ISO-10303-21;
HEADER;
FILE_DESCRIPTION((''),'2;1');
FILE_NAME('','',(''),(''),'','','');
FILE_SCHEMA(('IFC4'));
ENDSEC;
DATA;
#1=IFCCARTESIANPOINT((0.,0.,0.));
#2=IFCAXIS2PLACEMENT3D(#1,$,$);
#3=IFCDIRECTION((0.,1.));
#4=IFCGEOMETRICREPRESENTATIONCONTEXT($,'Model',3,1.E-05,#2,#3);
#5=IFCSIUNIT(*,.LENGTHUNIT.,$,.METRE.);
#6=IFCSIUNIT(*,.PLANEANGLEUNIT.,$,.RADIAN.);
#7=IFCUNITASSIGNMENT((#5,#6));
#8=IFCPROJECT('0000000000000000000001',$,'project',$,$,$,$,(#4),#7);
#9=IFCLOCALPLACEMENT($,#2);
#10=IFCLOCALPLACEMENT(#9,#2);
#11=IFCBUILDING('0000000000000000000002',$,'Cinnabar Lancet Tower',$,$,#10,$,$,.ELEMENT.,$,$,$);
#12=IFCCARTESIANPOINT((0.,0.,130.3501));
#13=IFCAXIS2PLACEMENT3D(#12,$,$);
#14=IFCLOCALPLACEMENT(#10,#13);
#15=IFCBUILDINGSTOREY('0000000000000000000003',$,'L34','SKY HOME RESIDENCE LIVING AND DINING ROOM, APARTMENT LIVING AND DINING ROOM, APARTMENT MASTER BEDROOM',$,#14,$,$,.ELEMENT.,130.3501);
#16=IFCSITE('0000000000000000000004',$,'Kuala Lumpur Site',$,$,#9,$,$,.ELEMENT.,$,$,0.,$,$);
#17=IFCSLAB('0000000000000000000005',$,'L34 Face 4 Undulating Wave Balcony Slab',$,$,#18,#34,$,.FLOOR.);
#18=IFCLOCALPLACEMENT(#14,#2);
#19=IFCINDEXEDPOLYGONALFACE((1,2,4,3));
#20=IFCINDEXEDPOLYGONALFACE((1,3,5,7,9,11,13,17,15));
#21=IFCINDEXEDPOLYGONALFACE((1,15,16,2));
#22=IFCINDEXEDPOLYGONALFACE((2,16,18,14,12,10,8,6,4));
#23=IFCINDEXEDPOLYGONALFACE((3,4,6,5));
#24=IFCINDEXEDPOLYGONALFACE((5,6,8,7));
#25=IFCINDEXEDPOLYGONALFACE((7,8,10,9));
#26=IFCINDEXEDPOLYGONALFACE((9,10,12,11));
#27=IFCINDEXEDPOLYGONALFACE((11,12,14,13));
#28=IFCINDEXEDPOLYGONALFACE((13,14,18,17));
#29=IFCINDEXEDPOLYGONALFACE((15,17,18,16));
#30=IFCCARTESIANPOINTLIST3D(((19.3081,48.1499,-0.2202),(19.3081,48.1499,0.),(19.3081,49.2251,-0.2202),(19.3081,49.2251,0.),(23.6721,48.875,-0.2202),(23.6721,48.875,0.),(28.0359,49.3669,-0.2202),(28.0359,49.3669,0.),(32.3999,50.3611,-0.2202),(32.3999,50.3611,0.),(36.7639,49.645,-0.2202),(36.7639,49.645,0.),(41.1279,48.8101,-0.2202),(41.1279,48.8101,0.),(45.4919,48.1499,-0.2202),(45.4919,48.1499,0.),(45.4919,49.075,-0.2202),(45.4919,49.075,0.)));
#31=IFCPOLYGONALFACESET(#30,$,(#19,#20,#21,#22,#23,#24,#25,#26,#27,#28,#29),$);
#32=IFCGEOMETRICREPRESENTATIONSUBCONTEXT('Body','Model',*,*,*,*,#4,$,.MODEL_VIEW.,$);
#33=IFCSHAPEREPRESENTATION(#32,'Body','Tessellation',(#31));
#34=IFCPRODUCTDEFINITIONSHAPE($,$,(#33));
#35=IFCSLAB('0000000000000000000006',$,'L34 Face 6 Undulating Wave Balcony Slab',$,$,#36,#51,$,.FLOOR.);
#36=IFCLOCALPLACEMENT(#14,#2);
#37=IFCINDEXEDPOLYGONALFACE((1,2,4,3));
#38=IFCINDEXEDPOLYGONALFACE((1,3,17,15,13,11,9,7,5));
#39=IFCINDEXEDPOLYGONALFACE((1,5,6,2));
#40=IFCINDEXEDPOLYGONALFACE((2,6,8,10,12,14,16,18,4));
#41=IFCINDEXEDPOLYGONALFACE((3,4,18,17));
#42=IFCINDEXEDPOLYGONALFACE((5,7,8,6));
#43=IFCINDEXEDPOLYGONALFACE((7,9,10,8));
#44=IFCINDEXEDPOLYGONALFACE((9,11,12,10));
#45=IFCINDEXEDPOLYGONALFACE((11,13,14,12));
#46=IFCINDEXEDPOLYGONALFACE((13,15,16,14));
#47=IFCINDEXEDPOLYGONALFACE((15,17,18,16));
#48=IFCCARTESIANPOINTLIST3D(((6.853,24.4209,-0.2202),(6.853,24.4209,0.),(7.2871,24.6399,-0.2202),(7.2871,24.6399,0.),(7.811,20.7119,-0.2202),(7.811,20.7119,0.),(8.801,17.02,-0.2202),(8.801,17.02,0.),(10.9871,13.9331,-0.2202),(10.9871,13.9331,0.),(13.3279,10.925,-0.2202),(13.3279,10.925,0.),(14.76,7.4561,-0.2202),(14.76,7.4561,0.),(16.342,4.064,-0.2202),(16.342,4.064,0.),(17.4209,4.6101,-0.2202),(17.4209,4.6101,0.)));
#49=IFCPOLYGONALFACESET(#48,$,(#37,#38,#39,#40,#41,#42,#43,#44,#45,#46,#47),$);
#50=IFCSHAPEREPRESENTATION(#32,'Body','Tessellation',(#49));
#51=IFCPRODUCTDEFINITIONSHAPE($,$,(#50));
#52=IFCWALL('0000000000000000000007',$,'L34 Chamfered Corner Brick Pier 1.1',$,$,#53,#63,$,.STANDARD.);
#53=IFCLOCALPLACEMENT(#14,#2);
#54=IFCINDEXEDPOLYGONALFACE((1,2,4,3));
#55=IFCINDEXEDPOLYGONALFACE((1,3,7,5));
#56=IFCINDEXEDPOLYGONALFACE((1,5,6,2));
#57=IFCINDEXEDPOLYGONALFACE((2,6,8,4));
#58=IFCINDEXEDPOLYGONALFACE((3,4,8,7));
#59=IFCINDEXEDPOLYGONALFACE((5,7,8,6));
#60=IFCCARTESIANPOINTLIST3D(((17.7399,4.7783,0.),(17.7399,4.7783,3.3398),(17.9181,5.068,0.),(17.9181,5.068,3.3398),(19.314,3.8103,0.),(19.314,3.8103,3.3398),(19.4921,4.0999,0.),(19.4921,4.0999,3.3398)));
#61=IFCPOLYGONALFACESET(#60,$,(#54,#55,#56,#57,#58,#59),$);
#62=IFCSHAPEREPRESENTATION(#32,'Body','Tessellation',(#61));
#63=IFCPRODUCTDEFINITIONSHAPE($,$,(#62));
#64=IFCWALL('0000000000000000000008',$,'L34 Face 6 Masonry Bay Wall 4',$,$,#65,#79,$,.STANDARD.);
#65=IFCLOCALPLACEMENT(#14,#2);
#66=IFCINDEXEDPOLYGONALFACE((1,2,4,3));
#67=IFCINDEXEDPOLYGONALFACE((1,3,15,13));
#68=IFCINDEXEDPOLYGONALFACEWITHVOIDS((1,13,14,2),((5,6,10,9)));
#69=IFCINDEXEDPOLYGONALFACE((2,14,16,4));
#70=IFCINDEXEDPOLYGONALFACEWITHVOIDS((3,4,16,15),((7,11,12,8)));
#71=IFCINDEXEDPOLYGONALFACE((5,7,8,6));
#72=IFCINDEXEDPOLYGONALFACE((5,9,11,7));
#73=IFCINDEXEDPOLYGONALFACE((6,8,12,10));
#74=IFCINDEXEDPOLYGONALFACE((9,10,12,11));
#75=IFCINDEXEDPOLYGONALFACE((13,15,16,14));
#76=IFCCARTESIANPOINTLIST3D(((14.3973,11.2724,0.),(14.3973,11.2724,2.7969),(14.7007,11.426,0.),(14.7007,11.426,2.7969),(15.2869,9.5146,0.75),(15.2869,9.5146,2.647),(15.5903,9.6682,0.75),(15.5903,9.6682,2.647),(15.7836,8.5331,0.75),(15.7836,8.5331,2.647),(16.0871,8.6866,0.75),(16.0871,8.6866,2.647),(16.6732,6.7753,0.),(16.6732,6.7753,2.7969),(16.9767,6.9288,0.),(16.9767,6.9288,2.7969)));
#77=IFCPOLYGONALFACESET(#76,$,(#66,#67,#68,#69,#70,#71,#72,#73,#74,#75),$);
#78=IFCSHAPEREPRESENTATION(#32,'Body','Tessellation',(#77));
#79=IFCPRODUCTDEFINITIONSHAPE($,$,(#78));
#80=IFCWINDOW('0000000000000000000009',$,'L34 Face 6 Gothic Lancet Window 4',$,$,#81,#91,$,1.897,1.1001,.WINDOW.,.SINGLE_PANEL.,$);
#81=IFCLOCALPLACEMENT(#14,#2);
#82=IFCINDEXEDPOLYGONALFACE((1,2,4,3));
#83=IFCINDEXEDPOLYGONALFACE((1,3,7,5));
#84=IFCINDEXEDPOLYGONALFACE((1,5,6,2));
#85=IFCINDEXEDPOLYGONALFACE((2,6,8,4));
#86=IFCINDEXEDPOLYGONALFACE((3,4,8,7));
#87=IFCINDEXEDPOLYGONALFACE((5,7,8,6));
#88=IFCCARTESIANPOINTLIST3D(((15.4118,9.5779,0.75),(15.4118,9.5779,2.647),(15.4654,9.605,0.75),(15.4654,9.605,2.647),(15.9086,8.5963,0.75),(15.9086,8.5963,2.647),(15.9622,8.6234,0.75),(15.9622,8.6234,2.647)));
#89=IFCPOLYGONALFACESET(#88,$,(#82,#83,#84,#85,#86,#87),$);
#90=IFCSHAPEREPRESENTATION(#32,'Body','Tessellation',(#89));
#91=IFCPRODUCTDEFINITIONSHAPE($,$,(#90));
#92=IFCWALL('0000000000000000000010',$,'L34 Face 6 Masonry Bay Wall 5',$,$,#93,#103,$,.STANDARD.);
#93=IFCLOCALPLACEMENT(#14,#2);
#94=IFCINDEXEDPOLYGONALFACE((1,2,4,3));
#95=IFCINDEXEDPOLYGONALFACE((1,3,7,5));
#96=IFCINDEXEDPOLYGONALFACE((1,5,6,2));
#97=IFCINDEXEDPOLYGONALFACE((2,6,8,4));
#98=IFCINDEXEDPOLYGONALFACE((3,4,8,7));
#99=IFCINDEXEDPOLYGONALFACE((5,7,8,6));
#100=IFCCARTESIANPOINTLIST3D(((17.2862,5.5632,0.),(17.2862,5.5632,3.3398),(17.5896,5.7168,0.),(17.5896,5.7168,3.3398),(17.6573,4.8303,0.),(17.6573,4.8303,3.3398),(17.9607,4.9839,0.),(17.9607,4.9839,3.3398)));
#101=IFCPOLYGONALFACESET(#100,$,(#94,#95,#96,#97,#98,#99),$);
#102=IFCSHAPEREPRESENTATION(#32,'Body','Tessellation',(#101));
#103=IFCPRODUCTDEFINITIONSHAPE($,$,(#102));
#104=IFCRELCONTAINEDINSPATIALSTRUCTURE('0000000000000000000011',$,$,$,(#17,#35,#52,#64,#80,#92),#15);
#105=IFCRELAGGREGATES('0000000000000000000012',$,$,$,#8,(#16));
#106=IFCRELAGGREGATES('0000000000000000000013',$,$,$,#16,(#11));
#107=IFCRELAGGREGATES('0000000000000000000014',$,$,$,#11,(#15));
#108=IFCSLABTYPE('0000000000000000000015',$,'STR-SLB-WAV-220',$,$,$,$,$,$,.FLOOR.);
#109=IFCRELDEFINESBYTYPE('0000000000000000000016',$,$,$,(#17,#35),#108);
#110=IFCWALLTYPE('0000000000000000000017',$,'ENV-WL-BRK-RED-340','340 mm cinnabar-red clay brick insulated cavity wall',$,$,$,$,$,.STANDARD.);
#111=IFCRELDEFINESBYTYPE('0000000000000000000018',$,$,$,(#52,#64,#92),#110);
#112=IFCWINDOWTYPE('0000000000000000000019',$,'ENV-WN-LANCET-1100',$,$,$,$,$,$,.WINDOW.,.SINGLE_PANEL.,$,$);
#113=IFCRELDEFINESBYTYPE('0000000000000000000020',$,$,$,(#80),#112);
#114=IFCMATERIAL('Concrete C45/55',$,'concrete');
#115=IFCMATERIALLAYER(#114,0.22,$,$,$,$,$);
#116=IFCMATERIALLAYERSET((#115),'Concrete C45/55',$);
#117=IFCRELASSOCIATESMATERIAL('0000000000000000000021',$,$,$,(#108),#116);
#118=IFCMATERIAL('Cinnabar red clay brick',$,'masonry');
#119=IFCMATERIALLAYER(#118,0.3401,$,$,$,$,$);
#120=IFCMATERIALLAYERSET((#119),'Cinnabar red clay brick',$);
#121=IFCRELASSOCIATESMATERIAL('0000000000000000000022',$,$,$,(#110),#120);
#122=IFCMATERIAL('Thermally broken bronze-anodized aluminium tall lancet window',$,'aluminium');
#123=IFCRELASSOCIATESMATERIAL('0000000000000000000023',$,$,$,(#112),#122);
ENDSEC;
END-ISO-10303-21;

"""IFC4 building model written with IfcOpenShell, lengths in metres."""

from ifc_helpers import new_model, si_unit, direction, frame, frame_2d, origin, place, context, subcontext, project, spatial, polyline, rectangle, outline, extrude, material, layer, layer_set, type_object, element, fill, save


model = new_model("IFC4")

# Units and contexts
model_context = context("Model", 3, precision=1e-05, world=origin(), true_north=direction((0.0, 1.0)))
body_context = subcontext(model_context, "Body", "Model", "MODEL_VIEW")
ifc_project = project(units=[si_unit("LENGTHUNIT", "METRE"), si_unit("PLANEANGLEUNIT", "RADIAN")], contexts=[model_context])

# Site, building, storey
site_placement = place(None, origin())
site = spatial("IfcSite", under=ifc_project, at=site_placement, Name="Kuala Lumpur Site", CompositionType="ELEMENT", RefElevation=0.0)
building_placement = place(site_placement, origin())
building = spatial("IfcBuilding", under=site, at=building_placement, Name="Cinnabar Lancet Tower", CompositionType="ELEMENT")
storey_placement = place(building_placement, frame((0.0, 0.0, 130.3501)))
storey = spatial("IfcBuildingStorey", under=building, at=storey_placement, Name="L34", Description="SKY HOME RESIDENCE LIVING AND DINING ROOM, APARTMENT LIVING AND DINING ROOM, APARTMENT MASTER BEDROOM", CompositionType="ELEMENT", Elevation=130.3501)

# Slabs
ifc_material_1 = material(Name="Concrete C45/55", Category="concrete")
ifc_layer_1 = layer(ifc_material_1, 0.22)
ifc_layer_set_1 = layer_set([ifc_layer_1], Name="Concrete C45/55")
slab_type_1 = type_object("IfcSlabType", Name="STR-SLB-WAV-220", PredefinedType="FLOOR", material=ifc_layer_set_1)
slab_1_placement = place(storey_placement, frame((0.0, 0.0, -0.2202)))
element("IfcSlab", 1, at=slab_1_placement, inside=storey, type_object=slab_type_1, Name="L34 Face 4 Undulating Wave Balcony Slab", PredefinedType="FLOOR", context=body_context, shape_type="SweptSolid", body=[
    extrude(outline(polyline([(45.4919, 48.1499), (45.4919, 49.075), (41.1279, 48.8101), (36.7639, 49.645), (32.3999, 50.3611), (28.0359, 49.3669), (23.6721, 48.875), (19.3081, 49.2251), (19.3081, 48.1499), (45.4919, 48.1499)])), origin(), (0.0, 0.0, 1.0), 0.2202),
])
slab_2_placement = place(storey_placement, frame((0.0, 0.0, -0.2202)))
element("IfcSlab", 2, at=slab_2_placement, inside=storey, type_object=slab_type_1, Name="L34 Face 6 Undulating Wave Balcony Slab", PredefinedType="FLOOR", context=body_context, shape_type="SweptSolid", body=[
    extrude(outline(polyline([(7.2871, 24.6399), (6.853, 24.4209), (7.811, 20.7119), (8.801, 17.02), (10.9871, 13.9331), (13.3279, 10.925), (14.76, 7.4561), (16.342, 4.064), (17.4209, 4.6101), (7.2871, 24.6399)])), origin(), (0.0, 0.0, 1.0), 0.2202),
])

# Wall
ifc_material_2 = material(Name="Cinnabar red clay brick", Category="masonry")
ifc_layer_2 = layer(ifc_material_2, 0.3401)
ifc_layer_set_2 = layer_set([ifc_layer_2], Name="Cinnabar red clay brick")
wall_type = type_object("IfcWallType", Name="ENV-WL-BRK-RED-340", Description="340 mm cinnabar-red clay brick insulated cavity wall", PredefinedType="STANDARD", material=ifc_layer_set_2)
wall_1_placement = place(storey_placement, frame((17.8291, 4.9231, 0.0), z_axis=(0.0, 0.0, 1.0), x_axis=(0.851799, -0.523869, 0.0)))
element("IfcWall", 3, at=wall_1_placement, inside=storey, type_object=wall_type, Name="L34 Chamfered Corner Brick Pier 1.1", PredefinedType="STANDARD", context=body_context, shape_type="SweptSolid", body=[
    extrude(rectangle(XDim=1.8479, YDim=0.3401, at=frame_2d((0.9238, 0.0))), origin(), (0.0, 0.0, 1.0), 3.3398),
])

# Wall, opening, window
wall_2_placement = place(storey_placement, frame((14.5491, 11.3491, 0.0), z_axis=(0.0, 0.0, 1.0), x_axis=(0.451548, -0.892247, 0.0)))
wall_2 = element("IfcWall", 4, at=wall_2_placement, inside=storey, type_object=wall_type, Name="L34 Face 6 Masonry Bay Wall 4", PredefinedType="STANDARD", context=body_context, shape_type="SweptSolid", body=[
    extrude(rectangle(XDim=5.0403, YDim=0.3401, at=frame_2d((2.52, 0.0))), origin(), (0.0, 0.0, 1.0), 2.7969),
])
opening_placement = place(wall_2_placement, frame((1.97, 0.0, 0.75)))
opening = element("IfcOpeningElement", 5, at=opening_placement, cuts=wall_2, PredefinedType="OPENING", context=body_context, shape_type="SweptSolid", body=[
    extrude(rectangle(XDim=1.1001, YDim=1.897, at=frame_2d((0.55, 0.9485))), frame((0.0, 0.1799, 0.0), z_axis=(0.0, -1.0, 0.0), x_axis=(1.0, 0.0, 0.0)), (0.0, 0.0, 1.0), 0.3601),
])
ifc_material_3 = material(Name="Thermally broken bronze-anodized aluminium tall lancet window", Category="aluminium")
window_type = type_object("IfcWindowType", Name="ENV-WN-LANCET-1100", PartitioningType="SINGLE_PANEL", PredefinedType="WINDOW", material=ifc_material_3)
window_placement = place(opening_placement, origin())
window = element("IfcWindow", 6, at=window_placement, inside=storey, type_object=window_type, Name="L34 Face 6 Gothic Lancet Window 4", OverallHeight=1.897, OverallWidth=1.1001, PartitioningType="SINGLE_PANEL", PredefinedType="WINDOW", context=body_context, shape_type="SweptSolid", body=[
    extrude(rectangle(XDim=1.1001, YDim=1.897, at=frame_2d((0.55, 0.9485))), frame((0.0, 0.03, 0.0), z_axis=(0.0, -1.0, 0.0), x_axis=(1.0, 0.0, 0.0)), (0.0, 0.0, 1.0), 0.0601),
])
fill(opening, window)

# Wall
wall_3_placement = place(storey_placement, frame((17.438, 5.6399, 0.0), z_axis=(0.0, 0.0, 1.0), x_axis=(0.451725, -0.892157, 0.0)))
element("IfcWall", 7, at=wall_3_placement, inside=storey, type_object=wall_type, Name="L34 Face 6 Masonry Bay Wall 5", PredefinedType="STANDARD", context=body_context, shape_type="SweptSolid", body=[
    extrude(rectangle(XDim=0.8215, YDim=0.3401, at=frame_2d((0.4106, 0.0))), origin(), (0.0, 0.0, 1.0), 3.3398),
])

save(model, "model.ifc")
